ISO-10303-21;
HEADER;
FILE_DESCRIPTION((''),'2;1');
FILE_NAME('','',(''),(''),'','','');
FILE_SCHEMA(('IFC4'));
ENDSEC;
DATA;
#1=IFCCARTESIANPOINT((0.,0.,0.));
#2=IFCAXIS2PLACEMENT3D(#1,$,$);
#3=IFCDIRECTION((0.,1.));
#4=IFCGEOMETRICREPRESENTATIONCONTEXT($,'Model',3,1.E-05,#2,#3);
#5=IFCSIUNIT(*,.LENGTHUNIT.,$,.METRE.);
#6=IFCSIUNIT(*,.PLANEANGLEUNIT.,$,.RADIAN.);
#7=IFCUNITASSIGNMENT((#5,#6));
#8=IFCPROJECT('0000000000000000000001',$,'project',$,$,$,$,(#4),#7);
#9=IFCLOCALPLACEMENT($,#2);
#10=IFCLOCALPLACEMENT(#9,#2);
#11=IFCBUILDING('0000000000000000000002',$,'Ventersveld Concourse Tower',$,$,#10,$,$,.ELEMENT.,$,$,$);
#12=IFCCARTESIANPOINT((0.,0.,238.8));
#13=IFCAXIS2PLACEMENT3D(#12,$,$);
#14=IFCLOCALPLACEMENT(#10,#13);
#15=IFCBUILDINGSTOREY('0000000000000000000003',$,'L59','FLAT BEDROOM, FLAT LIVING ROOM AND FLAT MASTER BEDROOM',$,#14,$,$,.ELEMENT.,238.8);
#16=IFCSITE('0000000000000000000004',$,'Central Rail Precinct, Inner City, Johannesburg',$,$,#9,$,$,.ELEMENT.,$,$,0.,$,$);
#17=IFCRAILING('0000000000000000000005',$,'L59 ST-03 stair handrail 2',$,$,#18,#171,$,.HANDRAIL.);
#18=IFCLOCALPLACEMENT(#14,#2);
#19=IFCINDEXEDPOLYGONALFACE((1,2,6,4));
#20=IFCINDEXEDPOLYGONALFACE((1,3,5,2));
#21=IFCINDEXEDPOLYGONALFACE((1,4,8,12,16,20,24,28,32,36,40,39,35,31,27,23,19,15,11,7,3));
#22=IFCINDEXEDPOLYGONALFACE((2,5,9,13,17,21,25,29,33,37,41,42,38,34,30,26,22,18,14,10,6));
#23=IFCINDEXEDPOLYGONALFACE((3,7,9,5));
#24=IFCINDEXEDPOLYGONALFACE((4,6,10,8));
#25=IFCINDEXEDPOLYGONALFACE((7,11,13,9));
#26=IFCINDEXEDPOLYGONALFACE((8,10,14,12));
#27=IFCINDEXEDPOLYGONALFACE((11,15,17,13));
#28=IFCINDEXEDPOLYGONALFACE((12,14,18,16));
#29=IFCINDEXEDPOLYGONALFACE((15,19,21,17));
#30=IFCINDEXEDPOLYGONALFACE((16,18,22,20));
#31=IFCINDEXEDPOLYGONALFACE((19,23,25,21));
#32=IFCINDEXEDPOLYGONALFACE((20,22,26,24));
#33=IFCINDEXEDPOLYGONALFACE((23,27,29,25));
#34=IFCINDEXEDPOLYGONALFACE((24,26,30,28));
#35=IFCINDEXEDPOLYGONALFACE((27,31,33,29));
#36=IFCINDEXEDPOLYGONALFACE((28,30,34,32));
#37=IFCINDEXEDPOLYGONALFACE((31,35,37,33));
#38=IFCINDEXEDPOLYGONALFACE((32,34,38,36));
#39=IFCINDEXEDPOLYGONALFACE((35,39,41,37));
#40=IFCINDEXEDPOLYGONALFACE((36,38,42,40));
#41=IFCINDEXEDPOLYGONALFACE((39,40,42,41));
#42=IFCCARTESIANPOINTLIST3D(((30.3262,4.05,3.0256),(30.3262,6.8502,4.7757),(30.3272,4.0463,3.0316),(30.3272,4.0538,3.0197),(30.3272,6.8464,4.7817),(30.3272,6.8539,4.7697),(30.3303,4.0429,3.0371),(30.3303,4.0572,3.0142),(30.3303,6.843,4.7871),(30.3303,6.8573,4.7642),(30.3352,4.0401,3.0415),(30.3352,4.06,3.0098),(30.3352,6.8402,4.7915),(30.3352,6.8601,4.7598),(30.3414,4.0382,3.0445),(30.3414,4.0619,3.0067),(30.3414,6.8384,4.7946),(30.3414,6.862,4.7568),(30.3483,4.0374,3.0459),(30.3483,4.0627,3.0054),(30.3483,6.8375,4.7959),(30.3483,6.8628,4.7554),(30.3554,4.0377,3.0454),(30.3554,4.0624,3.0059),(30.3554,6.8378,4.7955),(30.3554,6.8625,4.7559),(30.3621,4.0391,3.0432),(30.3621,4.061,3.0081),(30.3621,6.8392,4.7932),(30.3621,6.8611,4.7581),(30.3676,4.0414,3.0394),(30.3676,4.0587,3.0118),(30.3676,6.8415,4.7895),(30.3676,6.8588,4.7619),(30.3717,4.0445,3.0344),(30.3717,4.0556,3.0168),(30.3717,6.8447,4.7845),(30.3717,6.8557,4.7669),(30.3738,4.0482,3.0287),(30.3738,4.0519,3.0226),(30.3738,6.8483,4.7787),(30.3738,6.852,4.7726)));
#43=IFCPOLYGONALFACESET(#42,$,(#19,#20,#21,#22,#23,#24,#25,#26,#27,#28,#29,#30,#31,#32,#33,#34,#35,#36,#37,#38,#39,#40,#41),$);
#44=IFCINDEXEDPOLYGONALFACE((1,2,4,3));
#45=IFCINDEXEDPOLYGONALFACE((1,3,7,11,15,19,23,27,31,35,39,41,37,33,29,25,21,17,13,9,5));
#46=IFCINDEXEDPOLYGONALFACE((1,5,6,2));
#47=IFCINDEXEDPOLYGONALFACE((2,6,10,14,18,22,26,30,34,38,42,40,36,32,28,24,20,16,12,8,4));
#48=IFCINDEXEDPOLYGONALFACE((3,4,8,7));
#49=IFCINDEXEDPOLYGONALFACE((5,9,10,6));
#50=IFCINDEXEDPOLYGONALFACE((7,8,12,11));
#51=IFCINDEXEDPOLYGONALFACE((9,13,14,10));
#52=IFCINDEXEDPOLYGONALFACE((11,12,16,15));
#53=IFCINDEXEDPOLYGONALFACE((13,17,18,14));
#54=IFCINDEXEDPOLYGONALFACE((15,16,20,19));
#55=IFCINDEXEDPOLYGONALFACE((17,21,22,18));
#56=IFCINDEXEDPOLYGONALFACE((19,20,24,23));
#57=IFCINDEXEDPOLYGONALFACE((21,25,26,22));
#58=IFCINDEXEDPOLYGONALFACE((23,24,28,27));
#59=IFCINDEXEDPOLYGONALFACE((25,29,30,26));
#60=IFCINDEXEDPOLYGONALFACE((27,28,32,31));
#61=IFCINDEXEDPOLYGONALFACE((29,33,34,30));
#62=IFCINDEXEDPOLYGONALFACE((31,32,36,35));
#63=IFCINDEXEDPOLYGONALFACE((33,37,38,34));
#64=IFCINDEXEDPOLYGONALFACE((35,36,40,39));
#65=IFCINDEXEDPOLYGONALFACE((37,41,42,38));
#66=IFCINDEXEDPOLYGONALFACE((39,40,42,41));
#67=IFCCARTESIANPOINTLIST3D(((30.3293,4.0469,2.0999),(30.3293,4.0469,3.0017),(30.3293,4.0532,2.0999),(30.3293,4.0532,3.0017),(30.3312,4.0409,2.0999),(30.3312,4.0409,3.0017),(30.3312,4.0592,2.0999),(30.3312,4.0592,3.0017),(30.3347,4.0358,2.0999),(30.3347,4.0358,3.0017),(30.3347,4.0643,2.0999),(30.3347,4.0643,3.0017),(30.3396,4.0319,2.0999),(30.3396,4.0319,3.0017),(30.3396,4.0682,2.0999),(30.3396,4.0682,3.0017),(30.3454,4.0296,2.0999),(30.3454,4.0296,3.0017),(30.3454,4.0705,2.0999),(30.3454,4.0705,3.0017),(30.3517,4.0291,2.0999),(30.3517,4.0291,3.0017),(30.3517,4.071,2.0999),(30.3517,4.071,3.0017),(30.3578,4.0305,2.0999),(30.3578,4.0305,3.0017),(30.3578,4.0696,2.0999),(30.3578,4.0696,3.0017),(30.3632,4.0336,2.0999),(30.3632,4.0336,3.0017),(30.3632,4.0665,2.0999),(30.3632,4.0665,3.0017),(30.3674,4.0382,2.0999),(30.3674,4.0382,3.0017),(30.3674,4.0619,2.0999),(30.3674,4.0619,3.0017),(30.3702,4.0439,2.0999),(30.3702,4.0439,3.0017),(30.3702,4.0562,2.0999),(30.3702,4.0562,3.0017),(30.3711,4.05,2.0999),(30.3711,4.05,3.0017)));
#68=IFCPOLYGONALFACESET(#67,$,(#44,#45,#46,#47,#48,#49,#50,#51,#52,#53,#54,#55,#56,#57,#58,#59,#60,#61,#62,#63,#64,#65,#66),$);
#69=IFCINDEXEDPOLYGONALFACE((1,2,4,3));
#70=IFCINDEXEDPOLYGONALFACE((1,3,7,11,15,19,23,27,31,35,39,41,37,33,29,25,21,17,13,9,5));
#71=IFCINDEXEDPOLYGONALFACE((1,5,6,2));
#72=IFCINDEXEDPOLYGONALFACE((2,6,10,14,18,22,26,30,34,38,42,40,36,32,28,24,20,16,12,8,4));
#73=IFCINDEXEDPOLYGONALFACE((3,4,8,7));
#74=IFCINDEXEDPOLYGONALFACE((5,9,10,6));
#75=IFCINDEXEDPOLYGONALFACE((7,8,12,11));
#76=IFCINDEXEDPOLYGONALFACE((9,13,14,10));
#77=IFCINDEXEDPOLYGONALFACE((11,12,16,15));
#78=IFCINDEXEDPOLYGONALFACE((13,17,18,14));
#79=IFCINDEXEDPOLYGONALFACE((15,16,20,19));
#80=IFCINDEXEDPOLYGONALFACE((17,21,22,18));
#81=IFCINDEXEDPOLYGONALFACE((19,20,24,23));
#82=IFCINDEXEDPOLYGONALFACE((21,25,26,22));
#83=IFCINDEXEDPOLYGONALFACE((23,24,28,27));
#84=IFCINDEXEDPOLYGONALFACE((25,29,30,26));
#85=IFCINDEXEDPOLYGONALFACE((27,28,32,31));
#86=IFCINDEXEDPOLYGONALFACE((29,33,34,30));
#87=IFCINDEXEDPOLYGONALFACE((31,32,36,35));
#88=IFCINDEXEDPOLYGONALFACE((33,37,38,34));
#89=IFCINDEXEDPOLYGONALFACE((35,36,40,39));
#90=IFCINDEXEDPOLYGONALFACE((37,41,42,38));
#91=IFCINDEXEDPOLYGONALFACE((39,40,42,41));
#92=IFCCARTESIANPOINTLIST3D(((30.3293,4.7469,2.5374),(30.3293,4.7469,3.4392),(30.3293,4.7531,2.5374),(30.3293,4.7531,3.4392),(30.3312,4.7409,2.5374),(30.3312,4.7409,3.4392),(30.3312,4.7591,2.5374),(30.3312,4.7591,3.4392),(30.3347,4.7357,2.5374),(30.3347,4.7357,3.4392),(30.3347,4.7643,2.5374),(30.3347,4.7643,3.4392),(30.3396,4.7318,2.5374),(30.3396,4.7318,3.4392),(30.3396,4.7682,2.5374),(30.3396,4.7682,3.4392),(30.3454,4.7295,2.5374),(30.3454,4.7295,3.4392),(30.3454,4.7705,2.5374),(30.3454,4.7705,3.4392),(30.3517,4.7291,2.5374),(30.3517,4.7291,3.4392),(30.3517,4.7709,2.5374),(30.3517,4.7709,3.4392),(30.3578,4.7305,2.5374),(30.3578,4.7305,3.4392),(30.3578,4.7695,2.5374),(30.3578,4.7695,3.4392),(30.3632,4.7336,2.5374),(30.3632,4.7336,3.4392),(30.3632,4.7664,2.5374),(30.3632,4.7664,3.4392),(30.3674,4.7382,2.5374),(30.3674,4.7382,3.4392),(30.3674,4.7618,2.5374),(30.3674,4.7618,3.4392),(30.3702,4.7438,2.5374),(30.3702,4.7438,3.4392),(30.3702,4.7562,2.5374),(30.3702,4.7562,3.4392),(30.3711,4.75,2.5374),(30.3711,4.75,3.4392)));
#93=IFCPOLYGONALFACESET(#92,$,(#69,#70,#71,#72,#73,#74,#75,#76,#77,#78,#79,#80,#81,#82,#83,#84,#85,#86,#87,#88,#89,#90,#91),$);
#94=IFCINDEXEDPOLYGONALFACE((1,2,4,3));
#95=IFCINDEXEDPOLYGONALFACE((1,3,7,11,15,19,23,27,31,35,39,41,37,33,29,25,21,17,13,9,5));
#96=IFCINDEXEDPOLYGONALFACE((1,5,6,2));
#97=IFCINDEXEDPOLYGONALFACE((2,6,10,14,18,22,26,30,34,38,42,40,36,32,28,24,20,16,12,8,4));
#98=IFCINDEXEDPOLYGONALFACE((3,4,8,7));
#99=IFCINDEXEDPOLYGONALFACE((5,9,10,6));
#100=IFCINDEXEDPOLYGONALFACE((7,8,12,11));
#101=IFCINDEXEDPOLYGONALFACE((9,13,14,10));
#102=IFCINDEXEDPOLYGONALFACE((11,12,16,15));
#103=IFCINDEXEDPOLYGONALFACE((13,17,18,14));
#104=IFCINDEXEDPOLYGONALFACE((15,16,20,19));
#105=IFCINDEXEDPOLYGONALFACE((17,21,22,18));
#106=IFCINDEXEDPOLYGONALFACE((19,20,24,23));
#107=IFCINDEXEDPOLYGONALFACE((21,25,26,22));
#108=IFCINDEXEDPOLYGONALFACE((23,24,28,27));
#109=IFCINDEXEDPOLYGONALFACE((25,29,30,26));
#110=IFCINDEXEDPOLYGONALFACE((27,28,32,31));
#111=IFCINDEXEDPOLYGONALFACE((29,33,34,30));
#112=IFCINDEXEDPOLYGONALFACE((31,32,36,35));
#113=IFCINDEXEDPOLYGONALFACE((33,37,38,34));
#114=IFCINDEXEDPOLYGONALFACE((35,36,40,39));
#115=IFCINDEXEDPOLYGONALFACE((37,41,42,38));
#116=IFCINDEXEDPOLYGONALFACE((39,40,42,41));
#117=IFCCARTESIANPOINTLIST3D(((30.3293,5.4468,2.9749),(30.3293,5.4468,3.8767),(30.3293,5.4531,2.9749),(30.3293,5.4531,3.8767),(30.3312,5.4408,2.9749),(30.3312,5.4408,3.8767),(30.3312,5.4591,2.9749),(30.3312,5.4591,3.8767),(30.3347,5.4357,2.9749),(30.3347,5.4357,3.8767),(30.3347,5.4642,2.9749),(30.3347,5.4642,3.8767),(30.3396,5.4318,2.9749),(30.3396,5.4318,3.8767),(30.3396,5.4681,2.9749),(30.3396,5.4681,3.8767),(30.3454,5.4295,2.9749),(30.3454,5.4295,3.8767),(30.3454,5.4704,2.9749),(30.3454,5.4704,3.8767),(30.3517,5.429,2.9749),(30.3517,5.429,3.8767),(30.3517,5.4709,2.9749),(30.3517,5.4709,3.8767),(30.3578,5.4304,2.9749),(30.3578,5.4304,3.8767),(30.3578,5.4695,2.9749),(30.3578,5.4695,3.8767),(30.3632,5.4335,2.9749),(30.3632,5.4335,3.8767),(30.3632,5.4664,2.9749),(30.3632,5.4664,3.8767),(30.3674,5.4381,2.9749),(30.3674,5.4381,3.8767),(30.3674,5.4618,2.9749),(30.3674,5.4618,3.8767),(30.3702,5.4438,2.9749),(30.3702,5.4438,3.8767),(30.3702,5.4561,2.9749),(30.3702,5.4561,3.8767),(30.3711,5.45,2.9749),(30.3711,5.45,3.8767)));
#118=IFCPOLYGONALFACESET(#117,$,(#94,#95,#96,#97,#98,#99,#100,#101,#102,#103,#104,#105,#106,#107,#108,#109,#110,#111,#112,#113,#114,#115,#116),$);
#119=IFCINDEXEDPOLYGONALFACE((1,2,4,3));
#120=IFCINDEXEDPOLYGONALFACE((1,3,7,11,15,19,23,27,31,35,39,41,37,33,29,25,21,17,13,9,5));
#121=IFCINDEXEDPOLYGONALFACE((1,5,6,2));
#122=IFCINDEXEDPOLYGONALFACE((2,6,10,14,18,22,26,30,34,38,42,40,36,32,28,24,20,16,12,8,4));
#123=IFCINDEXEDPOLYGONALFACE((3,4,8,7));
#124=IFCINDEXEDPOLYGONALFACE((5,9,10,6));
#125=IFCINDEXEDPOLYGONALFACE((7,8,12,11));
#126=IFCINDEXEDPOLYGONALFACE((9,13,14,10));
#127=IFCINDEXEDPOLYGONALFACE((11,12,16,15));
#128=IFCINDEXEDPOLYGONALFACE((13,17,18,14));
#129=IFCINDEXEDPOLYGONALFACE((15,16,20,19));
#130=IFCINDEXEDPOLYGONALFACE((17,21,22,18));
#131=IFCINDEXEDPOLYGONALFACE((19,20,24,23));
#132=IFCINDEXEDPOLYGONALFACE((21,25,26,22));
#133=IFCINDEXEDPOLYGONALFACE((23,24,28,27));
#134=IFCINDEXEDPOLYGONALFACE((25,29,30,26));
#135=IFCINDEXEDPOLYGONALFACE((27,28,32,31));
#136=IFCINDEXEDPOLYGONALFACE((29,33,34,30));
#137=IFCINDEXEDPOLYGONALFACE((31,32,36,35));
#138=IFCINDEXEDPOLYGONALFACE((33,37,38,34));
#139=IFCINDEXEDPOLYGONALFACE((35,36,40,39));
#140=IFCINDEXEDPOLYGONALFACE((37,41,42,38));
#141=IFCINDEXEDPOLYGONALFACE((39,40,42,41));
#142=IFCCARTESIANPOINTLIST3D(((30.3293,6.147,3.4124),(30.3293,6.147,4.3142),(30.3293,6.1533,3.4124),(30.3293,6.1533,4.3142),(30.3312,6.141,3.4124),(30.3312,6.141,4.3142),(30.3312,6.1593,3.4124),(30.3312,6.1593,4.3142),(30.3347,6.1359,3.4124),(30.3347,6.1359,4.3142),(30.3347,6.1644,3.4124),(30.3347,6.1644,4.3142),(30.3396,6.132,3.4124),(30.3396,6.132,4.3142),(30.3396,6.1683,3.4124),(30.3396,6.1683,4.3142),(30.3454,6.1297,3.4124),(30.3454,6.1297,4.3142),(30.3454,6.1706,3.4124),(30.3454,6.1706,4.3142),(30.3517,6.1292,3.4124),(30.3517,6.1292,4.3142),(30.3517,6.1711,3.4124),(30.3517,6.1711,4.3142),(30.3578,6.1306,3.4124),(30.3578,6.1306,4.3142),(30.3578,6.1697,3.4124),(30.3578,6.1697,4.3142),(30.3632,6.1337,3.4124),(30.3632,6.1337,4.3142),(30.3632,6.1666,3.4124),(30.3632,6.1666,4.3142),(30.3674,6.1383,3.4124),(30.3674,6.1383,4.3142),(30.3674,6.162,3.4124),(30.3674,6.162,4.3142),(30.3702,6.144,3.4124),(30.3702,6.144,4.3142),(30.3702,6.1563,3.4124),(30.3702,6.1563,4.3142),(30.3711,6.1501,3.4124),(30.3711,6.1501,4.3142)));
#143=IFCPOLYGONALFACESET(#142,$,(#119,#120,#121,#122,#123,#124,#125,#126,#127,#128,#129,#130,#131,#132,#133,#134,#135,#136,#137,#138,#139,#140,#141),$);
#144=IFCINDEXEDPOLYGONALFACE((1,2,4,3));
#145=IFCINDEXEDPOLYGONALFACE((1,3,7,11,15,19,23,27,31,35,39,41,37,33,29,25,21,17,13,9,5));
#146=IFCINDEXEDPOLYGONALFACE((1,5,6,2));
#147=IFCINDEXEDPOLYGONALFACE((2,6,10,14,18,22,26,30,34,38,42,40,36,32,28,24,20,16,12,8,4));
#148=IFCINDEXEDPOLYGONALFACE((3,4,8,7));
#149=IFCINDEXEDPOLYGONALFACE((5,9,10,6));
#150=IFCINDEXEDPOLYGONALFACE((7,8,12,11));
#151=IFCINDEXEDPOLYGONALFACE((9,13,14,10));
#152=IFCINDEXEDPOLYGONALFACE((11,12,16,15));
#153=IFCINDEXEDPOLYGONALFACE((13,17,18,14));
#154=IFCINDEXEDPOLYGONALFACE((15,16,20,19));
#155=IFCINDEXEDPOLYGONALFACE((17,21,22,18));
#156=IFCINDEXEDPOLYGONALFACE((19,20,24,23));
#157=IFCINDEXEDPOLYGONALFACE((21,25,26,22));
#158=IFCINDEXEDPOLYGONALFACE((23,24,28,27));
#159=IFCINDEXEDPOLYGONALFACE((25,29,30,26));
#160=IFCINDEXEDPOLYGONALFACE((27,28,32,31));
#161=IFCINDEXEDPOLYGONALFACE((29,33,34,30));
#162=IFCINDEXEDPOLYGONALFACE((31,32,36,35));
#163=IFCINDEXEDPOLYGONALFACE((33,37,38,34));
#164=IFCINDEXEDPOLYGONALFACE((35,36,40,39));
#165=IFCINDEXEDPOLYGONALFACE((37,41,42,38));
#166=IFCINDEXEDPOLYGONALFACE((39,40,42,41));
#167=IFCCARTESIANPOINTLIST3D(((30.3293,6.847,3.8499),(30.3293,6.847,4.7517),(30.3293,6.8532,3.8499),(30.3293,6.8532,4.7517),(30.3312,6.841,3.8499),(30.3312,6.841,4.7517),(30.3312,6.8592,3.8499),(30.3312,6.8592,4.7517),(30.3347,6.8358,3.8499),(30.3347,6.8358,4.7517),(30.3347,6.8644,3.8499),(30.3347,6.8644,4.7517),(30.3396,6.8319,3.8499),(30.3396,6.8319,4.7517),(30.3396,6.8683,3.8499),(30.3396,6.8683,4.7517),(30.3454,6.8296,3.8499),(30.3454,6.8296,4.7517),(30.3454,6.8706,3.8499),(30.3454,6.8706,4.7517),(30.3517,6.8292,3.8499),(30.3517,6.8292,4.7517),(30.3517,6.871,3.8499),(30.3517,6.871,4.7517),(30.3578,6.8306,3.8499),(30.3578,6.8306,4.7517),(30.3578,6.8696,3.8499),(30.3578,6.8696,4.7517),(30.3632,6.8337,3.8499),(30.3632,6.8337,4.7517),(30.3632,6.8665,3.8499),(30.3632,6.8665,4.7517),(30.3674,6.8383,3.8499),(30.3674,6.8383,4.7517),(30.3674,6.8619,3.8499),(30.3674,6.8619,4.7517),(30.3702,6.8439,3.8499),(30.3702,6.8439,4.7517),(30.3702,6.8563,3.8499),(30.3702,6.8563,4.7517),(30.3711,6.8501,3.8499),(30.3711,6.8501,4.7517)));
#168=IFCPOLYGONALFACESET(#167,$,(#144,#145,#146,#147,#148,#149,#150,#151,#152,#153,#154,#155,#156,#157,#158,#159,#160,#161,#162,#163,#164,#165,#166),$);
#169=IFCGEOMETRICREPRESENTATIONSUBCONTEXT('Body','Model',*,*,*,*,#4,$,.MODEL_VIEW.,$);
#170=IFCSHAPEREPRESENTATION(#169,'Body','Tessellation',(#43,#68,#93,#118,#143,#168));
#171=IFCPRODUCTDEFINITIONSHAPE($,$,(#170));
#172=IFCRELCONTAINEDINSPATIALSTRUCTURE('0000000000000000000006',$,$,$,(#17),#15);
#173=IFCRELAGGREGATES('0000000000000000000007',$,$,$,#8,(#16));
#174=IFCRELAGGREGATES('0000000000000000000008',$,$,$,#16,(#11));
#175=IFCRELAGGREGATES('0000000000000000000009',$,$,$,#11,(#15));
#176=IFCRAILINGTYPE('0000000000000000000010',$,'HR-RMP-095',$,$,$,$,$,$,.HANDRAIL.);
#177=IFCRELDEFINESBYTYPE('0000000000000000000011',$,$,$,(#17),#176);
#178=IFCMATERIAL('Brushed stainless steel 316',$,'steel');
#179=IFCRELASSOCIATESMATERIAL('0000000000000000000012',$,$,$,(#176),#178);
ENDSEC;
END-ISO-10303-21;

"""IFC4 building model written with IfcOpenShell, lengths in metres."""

from ifc_helpers import new_model, si_unit, direction, frame, origin, origin_2d, place, context, subcontext, project, spatial, circle, extrude, material, type_object, element, save


model = new_model("IFC4")

# Units and contexts
model_context = context("Model", 3, precision=1e-05, world=origin(), true_north=direction((0.0, 1.0)))
body_context = subcontext(model_context, "Body", "Model", "MODEL_VIEW")
ifc_project = project(units=[si_unit("LENGTHUNIT", "METRE"), si_unit("PLANEANGLEUNIT", "RADIAN")], contexts=[model_context])

# Site, building, storey
site_placement = place(None, origin())
site = spatial("IfcSite", under=ifc_project, at=site_placement, Name="Central Rail Precinct, Inner City, Johannesburg", CompositionType="ELEMENT", RefElevation=0.0)
building_placement = place(site_placement, origin())
building = spatial("IfcBuilding", under=site, at=building_placement, Name="Ventersveld Concourse Tower", CompositionType="ELEMENT")
storey_placement = place(building_placement, frame((0.0, 0.0, 238.8)))
storey = spatial("IfcBuildingStorey", under=building, at=storey_placement, Name="L59", Description="FLAT BEDROOM, FLAT LIVING ROOM AND FLAT MASTER BEDROOM", CompositionType="ELEMENT", Elevation=238.8)

# Shared definitions
ifc_material_1 = material(Name="Brushed stainless steel 316", Category="steel")

# Railing
railing_type_1 = type_object("IfcRailingType", Name="HR-RMP-095", PredefinedType="HANDRAIL", material=ifc_material_1)
railing_1_placement = place(storey_placement, frame((30.3501, 4.05, 2.0999)))
element("IfcRailing", 1, at=railing_1_placement, inside=storey, type_object=railing_type_1, Name="L59 ST-03 stair handrail 2", PredefinedType="HANDRAIL", context=body_context, shape_type="SweptSolid", body=[
    extrude(circle(Radius=0.0239, at=origin_2d()), frame((0.0, 0.0, 0.9258), z_axis=(0.0, 0.848002, 0.529992), x_axis=(-1.0, 0.0, 0.0)), (0.0, 0.0, 1.0), 3.302),
    extrude(circle(Radius=0.021, at=origin_2d()), origin(), (0.0, 0.0, 1.0), 0.9019),
    extrude(circle(Radius=0.021, at=origin_2d()), frame((0.0, 0.7, 0.4375)), (0.0, 0.0, 1.0), 0.9019),
    extrude(circle(Radius=0.021, at=origin_2d()), frame((0.0, 1.3999, 0.875)), (0.0, 0.0, 1.0), 0.9019),
    extrude(circle(Radius=0.021, at=origin_2d()), frame((0.0, 2.1001, 1.3125)), (0.0, 0.0, 1.0), 0.9019),
    extrude(circle(Radius=0.021, at=origin_2d()), frame((0.0, 2.8, 1.75)), (0.0, 0.0, 1.0), 0.9019),
])

save(model, "model.ifc")
